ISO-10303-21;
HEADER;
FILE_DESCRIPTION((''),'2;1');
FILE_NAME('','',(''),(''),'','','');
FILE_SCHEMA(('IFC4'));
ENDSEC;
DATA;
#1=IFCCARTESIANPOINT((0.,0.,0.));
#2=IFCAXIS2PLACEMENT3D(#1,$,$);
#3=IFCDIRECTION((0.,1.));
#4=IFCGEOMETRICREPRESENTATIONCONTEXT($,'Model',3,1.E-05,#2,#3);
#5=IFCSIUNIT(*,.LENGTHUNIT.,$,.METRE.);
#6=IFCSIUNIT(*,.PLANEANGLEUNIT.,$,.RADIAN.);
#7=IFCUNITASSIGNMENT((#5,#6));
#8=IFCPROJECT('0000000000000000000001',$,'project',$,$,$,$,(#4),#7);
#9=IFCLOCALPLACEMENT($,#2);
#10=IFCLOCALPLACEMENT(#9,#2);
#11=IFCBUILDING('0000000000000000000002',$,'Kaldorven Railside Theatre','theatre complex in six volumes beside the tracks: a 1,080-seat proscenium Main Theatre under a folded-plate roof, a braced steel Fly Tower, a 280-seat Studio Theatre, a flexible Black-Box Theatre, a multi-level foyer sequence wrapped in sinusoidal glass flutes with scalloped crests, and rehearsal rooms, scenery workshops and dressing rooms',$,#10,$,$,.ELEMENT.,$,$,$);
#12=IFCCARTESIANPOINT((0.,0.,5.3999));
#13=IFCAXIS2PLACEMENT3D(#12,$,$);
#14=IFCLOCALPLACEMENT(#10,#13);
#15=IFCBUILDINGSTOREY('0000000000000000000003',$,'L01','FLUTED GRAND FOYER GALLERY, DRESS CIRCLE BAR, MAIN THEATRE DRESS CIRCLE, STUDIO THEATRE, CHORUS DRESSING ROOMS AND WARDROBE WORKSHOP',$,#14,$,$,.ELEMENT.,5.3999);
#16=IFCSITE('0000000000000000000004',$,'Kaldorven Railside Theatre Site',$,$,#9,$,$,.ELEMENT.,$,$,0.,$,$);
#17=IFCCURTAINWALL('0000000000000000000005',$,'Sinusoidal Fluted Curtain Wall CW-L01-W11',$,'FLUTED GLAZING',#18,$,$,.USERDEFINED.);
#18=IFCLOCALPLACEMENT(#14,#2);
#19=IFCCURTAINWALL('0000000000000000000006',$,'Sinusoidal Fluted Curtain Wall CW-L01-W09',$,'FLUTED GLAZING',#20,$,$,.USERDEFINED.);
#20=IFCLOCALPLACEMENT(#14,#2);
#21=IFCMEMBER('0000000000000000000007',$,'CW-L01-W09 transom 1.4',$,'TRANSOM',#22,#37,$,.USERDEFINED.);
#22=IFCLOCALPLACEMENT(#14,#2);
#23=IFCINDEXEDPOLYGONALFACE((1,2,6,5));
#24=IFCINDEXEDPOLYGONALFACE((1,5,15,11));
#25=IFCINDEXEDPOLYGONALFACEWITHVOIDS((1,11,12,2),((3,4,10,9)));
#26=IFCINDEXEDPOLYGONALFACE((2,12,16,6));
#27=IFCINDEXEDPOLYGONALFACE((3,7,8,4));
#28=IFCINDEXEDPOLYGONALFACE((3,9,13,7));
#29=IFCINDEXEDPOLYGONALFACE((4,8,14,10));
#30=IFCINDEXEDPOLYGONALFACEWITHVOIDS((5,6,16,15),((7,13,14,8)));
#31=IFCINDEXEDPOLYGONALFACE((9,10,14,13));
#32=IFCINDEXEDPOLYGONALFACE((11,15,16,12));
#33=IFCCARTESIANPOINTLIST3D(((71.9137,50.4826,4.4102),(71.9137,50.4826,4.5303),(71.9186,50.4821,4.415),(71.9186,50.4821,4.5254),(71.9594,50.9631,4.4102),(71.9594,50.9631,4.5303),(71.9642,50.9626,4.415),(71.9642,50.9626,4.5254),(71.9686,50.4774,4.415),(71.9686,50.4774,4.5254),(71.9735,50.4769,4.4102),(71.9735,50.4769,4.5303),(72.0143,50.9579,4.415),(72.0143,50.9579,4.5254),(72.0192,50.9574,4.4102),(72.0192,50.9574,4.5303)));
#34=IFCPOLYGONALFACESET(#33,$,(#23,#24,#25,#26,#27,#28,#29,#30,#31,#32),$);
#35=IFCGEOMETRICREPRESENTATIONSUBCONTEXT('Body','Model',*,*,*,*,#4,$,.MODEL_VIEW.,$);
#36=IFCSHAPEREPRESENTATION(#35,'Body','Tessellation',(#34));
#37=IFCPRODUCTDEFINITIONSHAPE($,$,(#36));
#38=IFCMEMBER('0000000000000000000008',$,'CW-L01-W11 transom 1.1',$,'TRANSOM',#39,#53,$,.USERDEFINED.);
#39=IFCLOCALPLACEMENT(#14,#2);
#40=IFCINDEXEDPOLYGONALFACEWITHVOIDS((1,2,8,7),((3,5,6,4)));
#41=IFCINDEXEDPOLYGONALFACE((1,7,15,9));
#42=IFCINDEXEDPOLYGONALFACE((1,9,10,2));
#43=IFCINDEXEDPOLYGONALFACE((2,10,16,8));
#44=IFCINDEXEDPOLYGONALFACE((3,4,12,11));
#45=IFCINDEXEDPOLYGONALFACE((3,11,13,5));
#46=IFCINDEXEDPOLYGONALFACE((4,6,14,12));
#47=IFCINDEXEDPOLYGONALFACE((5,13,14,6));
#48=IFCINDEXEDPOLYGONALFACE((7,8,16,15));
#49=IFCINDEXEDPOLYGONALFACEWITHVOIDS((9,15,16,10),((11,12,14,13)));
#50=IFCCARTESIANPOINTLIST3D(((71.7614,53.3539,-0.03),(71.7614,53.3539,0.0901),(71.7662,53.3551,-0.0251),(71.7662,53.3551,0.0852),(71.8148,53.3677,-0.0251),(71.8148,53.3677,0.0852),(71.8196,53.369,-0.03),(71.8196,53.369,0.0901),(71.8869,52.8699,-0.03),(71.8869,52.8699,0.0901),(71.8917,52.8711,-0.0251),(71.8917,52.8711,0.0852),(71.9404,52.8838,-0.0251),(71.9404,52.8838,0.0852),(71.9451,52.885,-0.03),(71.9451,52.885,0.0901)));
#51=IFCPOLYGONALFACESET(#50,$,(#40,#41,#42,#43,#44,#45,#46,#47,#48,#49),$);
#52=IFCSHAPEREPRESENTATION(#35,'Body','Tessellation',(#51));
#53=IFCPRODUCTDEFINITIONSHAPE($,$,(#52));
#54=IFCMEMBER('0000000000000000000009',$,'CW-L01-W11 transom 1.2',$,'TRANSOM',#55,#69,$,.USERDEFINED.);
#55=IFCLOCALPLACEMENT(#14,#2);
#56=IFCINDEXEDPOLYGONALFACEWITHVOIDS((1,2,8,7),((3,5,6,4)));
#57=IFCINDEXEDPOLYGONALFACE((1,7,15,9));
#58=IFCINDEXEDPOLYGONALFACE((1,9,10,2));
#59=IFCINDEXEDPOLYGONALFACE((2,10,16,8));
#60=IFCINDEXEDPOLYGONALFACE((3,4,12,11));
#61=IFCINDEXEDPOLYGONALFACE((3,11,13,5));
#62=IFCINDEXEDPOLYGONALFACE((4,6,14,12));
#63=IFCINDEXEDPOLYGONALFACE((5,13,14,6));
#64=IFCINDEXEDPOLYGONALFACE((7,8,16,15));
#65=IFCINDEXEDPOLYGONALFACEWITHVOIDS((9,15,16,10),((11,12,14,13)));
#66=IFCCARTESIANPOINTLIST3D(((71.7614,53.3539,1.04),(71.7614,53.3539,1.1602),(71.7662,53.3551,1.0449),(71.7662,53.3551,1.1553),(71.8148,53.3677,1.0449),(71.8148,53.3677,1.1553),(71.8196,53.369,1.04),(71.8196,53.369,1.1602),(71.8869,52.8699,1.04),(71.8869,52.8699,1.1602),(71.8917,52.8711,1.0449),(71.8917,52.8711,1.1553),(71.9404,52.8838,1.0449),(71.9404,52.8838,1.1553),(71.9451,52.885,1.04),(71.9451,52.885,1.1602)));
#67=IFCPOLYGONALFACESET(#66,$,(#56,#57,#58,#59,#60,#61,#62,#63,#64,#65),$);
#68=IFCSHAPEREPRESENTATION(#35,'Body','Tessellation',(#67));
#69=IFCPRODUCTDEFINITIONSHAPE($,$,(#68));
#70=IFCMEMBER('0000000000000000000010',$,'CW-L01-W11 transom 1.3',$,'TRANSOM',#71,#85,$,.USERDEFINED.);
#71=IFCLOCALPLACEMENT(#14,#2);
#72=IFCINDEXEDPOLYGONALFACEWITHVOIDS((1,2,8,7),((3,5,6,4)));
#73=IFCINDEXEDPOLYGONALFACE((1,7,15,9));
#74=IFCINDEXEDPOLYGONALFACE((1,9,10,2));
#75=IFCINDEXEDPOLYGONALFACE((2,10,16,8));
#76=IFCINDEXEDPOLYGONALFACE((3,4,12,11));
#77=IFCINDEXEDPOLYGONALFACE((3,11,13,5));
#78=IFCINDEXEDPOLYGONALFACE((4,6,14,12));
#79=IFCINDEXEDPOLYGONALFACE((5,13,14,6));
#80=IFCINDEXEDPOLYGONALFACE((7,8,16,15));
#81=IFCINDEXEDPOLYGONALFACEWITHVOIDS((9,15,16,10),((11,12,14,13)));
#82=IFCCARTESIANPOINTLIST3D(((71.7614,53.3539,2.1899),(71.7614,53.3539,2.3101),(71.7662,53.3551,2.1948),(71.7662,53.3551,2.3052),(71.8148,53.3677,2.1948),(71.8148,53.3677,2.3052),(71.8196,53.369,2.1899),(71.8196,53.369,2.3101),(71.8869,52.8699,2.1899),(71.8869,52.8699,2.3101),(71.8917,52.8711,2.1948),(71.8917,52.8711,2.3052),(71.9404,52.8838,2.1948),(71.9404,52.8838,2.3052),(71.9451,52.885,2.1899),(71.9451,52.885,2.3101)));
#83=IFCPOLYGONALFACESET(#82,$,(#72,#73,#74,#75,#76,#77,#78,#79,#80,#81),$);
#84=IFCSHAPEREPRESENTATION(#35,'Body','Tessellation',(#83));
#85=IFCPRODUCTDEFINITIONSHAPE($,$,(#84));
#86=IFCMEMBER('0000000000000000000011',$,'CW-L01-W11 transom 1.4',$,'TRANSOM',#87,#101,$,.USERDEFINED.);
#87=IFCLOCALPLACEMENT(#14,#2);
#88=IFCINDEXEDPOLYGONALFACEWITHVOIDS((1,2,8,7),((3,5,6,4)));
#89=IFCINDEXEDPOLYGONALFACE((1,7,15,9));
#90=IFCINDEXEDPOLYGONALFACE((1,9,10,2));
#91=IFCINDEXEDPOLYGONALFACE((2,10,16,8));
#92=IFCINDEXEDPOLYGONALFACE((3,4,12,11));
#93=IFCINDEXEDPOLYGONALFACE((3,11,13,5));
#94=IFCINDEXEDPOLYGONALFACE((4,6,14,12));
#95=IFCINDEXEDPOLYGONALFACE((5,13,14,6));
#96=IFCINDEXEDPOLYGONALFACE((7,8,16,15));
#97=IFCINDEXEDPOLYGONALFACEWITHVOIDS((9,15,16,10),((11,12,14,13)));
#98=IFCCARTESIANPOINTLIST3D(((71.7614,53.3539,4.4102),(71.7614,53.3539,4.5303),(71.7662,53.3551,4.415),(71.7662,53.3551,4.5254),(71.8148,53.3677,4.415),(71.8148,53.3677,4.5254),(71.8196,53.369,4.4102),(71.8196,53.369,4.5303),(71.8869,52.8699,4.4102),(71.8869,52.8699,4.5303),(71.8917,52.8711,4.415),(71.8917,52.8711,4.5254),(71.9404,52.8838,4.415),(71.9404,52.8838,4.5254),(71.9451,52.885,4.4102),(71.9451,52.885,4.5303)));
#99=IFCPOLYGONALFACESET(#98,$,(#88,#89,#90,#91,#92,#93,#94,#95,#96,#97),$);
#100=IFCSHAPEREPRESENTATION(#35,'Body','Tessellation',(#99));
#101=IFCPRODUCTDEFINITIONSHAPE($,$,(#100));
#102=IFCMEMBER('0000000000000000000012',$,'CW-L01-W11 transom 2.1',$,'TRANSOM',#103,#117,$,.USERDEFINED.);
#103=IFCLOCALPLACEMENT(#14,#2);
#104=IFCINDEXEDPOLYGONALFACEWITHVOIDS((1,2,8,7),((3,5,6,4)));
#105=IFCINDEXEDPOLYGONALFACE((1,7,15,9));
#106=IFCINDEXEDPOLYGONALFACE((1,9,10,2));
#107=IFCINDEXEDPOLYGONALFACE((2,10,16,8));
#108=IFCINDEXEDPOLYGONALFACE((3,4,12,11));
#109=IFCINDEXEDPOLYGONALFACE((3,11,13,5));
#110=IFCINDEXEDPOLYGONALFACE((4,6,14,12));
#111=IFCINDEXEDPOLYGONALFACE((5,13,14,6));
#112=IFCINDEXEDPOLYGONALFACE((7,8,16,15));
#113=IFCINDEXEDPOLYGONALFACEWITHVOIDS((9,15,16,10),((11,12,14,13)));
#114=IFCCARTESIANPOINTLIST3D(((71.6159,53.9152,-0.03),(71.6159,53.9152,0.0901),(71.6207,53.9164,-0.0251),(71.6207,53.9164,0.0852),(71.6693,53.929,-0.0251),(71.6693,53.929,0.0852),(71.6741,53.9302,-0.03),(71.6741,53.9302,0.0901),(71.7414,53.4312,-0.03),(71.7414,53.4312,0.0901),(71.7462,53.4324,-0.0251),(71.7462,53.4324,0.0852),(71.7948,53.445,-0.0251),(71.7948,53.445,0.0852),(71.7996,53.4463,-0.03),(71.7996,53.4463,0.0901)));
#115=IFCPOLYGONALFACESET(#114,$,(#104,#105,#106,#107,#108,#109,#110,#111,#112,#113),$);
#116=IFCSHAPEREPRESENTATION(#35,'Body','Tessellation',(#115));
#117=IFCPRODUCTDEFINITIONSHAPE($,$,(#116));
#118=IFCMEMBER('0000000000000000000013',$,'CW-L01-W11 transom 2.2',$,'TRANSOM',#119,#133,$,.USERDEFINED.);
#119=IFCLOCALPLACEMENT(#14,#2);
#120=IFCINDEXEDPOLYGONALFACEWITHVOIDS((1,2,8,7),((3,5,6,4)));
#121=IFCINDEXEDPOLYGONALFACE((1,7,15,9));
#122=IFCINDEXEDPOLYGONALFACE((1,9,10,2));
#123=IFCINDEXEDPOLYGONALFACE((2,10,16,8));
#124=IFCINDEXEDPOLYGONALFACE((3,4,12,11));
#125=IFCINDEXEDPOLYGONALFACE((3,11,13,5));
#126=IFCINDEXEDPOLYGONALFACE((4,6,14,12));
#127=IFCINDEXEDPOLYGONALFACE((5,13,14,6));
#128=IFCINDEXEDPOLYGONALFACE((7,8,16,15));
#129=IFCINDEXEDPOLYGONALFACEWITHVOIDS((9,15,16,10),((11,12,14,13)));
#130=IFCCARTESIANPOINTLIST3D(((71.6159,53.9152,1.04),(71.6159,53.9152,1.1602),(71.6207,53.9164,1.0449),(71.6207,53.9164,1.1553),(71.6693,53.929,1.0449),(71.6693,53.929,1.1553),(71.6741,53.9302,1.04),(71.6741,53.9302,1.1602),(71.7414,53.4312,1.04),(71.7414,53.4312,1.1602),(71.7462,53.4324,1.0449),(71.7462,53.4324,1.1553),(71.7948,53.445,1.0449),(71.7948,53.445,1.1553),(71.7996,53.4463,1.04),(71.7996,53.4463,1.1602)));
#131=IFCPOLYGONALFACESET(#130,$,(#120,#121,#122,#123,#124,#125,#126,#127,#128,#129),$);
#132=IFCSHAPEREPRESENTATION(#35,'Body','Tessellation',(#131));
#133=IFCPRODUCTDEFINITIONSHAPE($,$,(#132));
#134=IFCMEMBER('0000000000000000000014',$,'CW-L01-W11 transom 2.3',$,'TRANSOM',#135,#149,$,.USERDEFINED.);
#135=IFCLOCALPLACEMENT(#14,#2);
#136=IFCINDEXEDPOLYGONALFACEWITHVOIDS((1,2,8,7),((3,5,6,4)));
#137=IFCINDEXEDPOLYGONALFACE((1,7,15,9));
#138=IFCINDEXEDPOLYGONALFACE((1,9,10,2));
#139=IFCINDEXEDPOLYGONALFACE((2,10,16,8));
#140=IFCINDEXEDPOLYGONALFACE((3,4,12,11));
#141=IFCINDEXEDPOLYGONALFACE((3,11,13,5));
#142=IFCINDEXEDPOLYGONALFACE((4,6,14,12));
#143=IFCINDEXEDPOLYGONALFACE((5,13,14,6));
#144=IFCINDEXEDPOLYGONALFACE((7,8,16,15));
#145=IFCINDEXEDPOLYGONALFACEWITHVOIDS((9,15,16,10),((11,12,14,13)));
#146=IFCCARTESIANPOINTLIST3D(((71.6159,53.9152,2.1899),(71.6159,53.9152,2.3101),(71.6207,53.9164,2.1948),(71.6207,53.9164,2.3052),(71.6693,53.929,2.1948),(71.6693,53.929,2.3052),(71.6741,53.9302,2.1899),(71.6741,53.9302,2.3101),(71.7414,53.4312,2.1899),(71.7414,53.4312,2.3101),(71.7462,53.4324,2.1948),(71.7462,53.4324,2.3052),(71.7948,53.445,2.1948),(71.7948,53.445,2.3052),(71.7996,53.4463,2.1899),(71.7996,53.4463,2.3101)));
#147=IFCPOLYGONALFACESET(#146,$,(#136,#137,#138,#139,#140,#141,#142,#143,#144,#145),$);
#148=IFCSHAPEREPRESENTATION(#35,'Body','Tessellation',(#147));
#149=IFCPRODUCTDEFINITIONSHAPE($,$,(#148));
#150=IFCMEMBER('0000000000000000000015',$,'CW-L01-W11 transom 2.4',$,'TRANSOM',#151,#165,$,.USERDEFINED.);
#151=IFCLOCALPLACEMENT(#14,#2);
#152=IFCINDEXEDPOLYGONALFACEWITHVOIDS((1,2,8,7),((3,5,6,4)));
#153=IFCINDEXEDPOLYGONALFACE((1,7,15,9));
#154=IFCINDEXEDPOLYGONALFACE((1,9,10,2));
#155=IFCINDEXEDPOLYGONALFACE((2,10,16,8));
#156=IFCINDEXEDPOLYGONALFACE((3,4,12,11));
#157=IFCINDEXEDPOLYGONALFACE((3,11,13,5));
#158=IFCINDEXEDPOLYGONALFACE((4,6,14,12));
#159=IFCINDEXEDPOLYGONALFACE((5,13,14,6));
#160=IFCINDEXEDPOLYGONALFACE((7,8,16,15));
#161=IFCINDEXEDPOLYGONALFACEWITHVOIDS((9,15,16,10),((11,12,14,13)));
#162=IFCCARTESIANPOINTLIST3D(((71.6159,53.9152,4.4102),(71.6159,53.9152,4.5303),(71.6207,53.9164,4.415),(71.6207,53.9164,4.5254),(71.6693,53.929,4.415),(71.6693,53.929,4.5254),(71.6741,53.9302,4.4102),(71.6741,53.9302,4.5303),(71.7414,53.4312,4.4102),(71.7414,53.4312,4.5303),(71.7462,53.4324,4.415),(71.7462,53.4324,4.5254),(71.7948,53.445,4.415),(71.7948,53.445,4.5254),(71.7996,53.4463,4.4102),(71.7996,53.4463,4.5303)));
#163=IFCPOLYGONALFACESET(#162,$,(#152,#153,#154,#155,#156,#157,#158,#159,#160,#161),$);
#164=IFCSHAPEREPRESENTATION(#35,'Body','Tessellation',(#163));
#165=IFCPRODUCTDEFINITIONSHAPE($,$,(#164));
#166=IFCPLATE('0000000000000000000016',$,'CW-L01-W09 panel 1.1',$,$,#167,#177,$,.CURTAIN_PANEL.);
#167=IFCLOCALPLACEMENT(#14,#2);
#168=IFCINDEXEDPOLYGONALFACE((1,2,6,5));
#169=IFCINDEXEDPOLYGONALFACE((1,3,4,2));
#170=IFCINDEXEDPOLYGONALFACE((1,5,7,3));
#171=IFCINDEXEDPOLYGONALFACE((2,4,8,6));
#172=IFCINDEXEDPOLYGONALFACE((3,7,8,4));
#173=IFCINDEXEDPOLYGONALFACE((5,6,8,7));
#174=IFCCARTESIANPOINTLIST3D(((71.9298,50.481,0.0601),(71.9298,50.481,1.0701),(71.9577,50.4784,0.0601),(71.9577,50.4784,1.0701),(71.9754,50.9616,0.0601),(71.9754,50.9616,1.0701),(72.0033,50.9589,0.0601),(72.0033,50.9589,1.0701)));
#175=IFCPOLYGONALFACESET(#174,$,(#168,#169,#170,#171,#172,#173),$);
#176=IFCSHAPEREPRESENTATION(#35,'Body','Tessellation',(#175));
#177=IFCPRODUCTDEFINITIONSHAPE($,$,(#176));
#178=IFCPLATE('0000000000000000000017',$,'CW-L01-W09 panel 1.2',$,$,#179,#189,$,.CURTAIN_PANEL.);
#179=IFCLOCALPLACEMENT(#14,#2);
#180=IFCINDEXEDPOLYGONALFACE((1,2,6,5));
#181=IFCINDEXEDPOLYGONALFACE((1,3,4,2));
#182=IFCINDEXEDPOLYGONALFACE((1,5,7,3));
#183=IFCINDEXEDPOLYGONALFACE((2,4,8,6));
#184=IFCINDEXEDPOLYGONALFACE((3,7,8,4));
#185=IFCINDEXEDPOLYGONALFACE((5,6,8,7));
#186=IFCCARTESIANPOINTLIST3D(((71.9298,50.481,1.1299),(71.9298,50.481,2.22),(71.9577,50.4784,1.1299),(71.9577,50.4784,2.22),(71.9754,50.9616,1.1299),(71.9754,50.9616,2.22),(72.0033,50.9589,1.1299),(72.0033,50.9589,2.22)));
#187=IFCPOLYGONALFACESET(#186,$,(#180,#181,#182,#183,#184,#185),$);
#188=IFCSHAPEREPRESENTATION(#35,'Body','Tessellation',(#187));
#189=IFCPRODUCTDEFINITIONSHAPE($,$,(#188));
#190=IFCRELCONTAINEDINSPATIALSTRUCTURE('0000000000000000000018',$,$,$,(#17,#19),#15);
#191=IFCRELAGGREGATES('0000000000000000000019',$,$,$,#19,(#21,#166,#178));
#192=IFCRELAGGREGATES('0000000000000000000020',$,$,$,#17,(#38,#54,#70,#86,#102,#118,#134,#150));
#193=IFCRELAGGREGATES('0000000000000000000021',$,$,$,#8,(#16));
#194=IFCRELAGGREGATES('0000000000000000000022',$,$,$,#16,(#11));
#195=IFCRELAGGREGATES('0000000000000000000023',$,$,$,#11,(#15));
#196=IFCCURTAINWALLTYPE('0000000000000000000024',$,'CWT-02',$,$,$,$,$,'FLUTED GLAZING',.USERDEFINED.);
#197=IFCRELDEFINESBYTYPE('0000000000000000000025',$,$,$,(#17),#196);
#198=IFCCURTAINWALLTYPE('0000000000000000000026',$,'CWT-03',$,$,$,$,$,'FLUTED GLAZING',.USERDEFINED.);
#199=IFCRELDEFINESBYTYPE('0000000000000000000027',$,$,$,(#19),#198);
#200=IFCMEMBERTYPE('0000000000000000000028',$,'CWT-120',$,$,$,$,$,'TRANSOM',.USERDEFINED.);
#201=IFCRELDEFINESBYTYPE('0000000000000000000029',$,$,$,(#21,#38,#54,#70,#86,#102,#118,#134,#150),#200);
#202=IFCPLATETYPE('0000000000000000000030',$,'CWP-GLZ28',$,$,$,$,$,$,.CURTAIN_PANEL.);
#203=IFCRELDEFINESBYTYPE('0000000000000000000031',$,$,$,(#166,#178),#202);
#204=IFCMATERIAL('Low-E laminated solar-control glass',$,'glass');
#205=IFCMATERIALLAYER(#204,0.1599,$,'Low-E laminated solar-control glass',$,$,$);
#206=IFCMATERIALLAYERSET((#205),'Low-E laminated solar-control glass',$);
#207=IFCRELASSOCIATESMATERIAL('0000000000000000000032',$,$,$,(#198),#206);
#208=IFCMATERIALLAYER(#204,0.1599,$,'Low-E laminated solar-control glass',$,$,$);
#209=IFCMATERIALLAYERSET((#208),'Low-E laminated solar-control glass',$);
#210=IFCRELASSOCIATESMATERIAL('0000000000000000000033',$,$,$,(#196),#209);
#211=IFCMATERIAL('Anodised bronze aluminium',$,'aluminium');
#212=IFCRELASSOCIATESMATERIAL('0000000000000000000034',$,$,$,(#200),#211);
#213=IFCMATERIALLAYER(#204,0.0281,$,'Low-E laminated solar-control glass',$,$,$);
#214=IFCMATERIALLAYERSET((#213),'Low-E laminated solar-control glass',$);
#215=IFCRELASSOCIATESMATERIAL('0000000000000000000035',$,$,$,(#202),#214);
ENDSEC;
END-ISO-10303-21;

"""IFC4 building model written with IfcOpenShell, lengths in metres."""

from ifc_helpers import new_model, si_unit, direction, frame, origin, origin_2d, place, context, subcontext, project, spatial, rectangle, hollow_rectangle, extrude, material, layer, layer_set, material_profile, profile_set, type_object, element, aggregate, save


model = new_model("IFC4")

# Units and contexts
model_context = context("Model", 3, precision=1e-05, world=origin(), true_north=direction((0.0, 1.0)))
body_context = subcontext(model_context, "Body", "Model", "MODEL_VIEW")
ifc_project = project(units=[si_unit("LENGTHUNIT", "METRE"), si_unit("PLANEANGLEUNIT", "RADIAN")], contexts=[model_context])

# Site, building, storey
site_placement = place(None, origin())
site = spatial("IfcSite", under=ifc_project, at=site_placement, Name="Kaldorven Railside Theatre Site", CompositionType="ELEMENT", RefElevation=0.0)
building_placement = place(site_placement, origin())
building = spatial("IfcBuilding", under=site, at=building_placement, Name="Kaldorven Railside Theatre", Description="theatre complex in six volumes beside the tracks: a 1,080-seat proscenium Main Theatre under a folded-plate roof, a braced steel Fly Tower, a 280-seat Studio Theatre, a flexible Black-Box Theatre, a multi-level foyer sequence wrapped in sinusoidal glass flutes with scalloped crests, and rehearsal rooms, scenery workshops and dressing rooms", CompositionType="ELEMENT")
storey_placement = place(building_placement, frame((0.0, 0.0, 5.3999)))
storey = spatial("IfcBuildingStorey", under=building, at=storey_placement, Name="L01", Description="FLUTED GRAND FOYER GALLERY, DRESS CIRCLE BAR, MAIN THEATRE DRESS CIRCLE, STUDIO THEATRE, CHORUS DRESSING ROOMS AND WARDROBE WORKSHOP", CompositionType="ELEMENT", Elevation=5.3999)

# Shared definitions
ifc_material_1 = material(Name="Low-E laminated solar-control glass", Category="glass")
ifc_layer_1 = layer(ifc_material_1, 0.1599, Name="Low-E laminated solar-control glass")
ifc_layer_set_1 = layer_set([ifc_layer_1], Name="Low-E laminated solar-control glass")
curtain_wall_type_1 = type_object("IfcCurtainWallType", Name="CWT-03", ElementType="FLUTED GLAZING", PredefinedType="USERDEFINED", material=ifc_layer_set_1)
ifc_material_2 = material(Name="Anodised bronze aluminium", Category="aluminium")

# Curtain walls, member
ifc_layer_2 = layer(ifc_material_1, 0.1599, Name="Low-E laminated solar-control glass")
ifc_layer_set_2 = layer_set([ifc_layer_2], Name="Low-E laminated solar-control glass")
curtain_wall_type_2 = type_object("IfcCurtainWallType", Name="CWT-02", ElementType="FLUTED GLAZING", PredefinedType="USERDEFINED", material=ifc_layer_set_2)
curtain_wall_1_placement = place(storey_placement, origin())
curtain_wall_1 = element("IfcCurtainWall", 1, at=curtain_wall_1_placement, inside=storey, type_object=curtain_wall_type_2, Name="Sinusoidal Fluted Curtain Wall CW-L01-W11", ObjectType="FLUTED GLAZING", PredefinedType="USERDEFINED")
curtain_wall_2_placement = place(storey_placement, origin())
curtain_wall_2 = element("IfcCurtainWall", 2, at=curtain_wall_2_placement, inside=storey, type_object=curtain_wall_type_1, Name="Sinusoidal Fluted Curtain Wall CW-L01-W09", ObjectType="FLUTED GLAZING", PredefinedType="USERDEFINED")
ifc_material_profile_1 = material_profile(ifc_material_2, hollow_rectangle(XDim=0.0601, YDim=0.1201, WallThickness=0.0049, at=origin_2d()), Name="RHS 120x60x5")
ifc_profile_set_1 = profile_set([ifc_material_profile_1], Name="Anodised bronze aluminium")
member_type_1 = type_object("IfcMemberType", Name="CWT-120", ElementType="TRANSOM", PredefinedType="USERDEFINED", material=ifc_profile_set_1)
member_1_placement = place(storey_placement, frame((71.9436, 50.4797, 4.4702), z_axis=(0.094594, 0.995516, 0.0), x_axis=(-0.995516, 0.094594, 0.0)))
member_1 = element("IfcMember", 3, at=member_1_placement, type_object=member_type_1, Name="CW-L01-W09 transom 1.4", ObjectType="TRANSOM", PredefinedType="USERDEFINED", context=body_context, shape_type="SweptSolid", body=[
    extrude(hollow_rectangle(XDim=0.0601, YDim=0.1201, WallThickness=0.0049, at=origin_2d()), origin(), (0.0, 0.0, 1.0), 0.4827),
])

# Members
member_2_placement = place(storey_placement, frame((71.916, 52.8774, 0.03), z_axis=(-0.25103, 0.967979, 0.0), x_axis=(-0.967979, -0.25103, 0.0)))
member_2 = element("IfcMember", 4, at=member_2_placement, type_object=member_type_1, Name="CW-L01-W11 transom 1.1", ObjectType="TRANSOM", PredefinedType="USERDEFINED", context=body_context, shape_type="SweptSolid", body=[
    extrude(hollow_rectangle(XDim=0.0601, YDim=0.1201, WallThickness=0.0049, at=origin_2d()), origin(), (0.0, 0.0, 1.0), 0.5),
])
member_3_placement = place(storey_placement, frame((71.916, 52.8774, 1.1001), z_axis=(-0.25103, 0.967979, 0.0), x_axis=(-0.967979, -0.25103, 0.0)))
member_3 = element("IfcMember", 5, at=member_3_placement, type_object=member_type_1, Name="CW-L01-W11 transom 1.2", ObjectType="TRANSOM", PredefinedType="USERDEFINED", context=body_context, shape_type="SweptSolid", body=[
    extrude(hollow_rectangle(XDim=0.0601, YDim=0.1201, WallThickness=0.0049, at=origin_2d()), origin(), (0.0, 0.0, 1.0), 0.5),
])
member_4_placement = place(storey_placement, frame((71.916, 52.8774, 2.25), z_axis=(-0.25103, 0.967979, 0.0), x_axis=(-0.967979, -0.25103, 0.0)))
member_4 = element("IfcMember", 6, at=member_4_placement, type_object=member_type_1, Name="CW-L01-W11 transom 1.3", ObjectType="TRANSOM", PredefinedType="USERDEFINED", context=body_context, shape_type="SweptSolid", body=[
    extrude(hollow_rectangle(XDim=0.0601, YDim=0.1201, WallThickness=0.0049, at=origin_2d()), origin(), (0.0, 0.0, 1.0), 0.5),
])
member_5_placement = place(storey_placement, frame((71.916, 52.8774, 4.4702), z_axis=(-0.25103, 0.967979, 0.0), x_axis=(-0.967979, -0.25103, 0.0)))
member_5 = element("IfcMember", 7, at=member_5_placement, type_object=member_type_1, Name="CW-L01-W11 transom 1.4", ObjectType="TRANSOM", PredefinedType="USERDEFINED", context=body_context, shape_type="SweptSolid", body=[
    extrude(hollow_rectangle(XDim=0.0601, YDim=0.1201, WallThickness=0.0049, at=origin_2d()), origin(), (0.0, 0.0, 1.0), 0.5),
])
member_6_placement = place(storey_placement, frame((71.7705, 53.4387, 0.03), z_axis=(-0.25103, 0.967979, 0.0), x_axis=(-0.967979, -0.25103, 0.0)))
member_6 = element("IfcMember", 8, at=member_6_placement, type_object=member_type_1, Name="CW-L01-W11 transom 2.1", ObjectType="TRANSOM", PredefinedType="USERDEFINED", context=body_context, shape_type="SweptSolid", body=[
    extrude(hollow_rectangle(XDim=0.0601, YDim=0.1201, WallThickness=0.0049, at=origin_2d()), origin(), (0.0, 0.0, 1.0), 0.5),
])
member_7_placement = place(storey_placement, frame((71.7705, 53.4387, 1.1001), z_axis=(-0.25103, 0.967979, 0.0), x_axis=(-0.967979, -0.25103, 0.0)))
member_7 = element("IfcMember", 9, at=member_7_placement, type_object=member_type_1, Name="CW-L01-W11 transom 2.2", ObjectType="TRANSOM", PredefinedType="USERDEFINED", context=body_context, shape_type="SweptSolid", body=[
    extrude(hollow_rectangle(XDim=0.0601, YDim=0.1201, WallThickness=0.0049, at=origin_2d()), origin(), (0.0, 0.0, 1.0), 0.5),
])
member_8_placement = place(storey_placement, frame((71.7705, 53.4387, 2.25), z_axis=(-0.25103, 0.967979, 0.0), x_axis=(-0.967979, -0.25103, 0.0)))
member_8 = element("IfcMember", 10, at=member_8_placement, type_object=member_type_1, Name="CW-L01-W11 transom 2.3", ObjectType="TRANSOM", PredefinedType="USERDEFINED", context=body_context, shape_type="SweptSolid", body=[
    extrude(hollow_rectangle(XDim=0.0601, YDim=0.1201, WallThickness=0.0049, at=origin_2d()), origin(), (0.0, 0.0, 1.0), 0.5),
])
member_9_placement = place(storey_placement, frame((71.7705, 53.4387, 4.4702), z_axis=(-0.25103, 0.967979, 0.0), x_axis=(-0.967979, -0.25103, 0.0)))
member_9 = element("IfcMember", 11, at=member_9_placement, type_object=member_type_1, Name="CW-L01-W11 transom 2.4", ObjectType="TRANSOM", PredefinedType="USERDEFINED", context=body_context, shape_type="SweptSolid", body=[
    extrude(hollow_rectangle(XDim=0.0601, YDim=0.1201, WallThickness=0.0049, at=origin_2d()), origin(), (0.0, 0.0, 1.0), 0.5),
])

# Plates
ifc_layer_3 = layer(ifc_material_1, 0.0281, Name="Low-E laminated solar-control glass")
ifc_layer_set_3 = layer_set([ifc_layer_3], Name="Low-E laminated solar-control glass")
plate_type = type_object("IfcPlateType", Name="CWP-GLZ28", PredefinedType="CURTAIN_PANEL", material=ifc_layer_set_3)
plate_1_placement = place(storey_placement, frame((71.9666, 50.72, 0.0601), z_axis=(0.0, 0.0, 1.0), x_axis=(0.094492, 0.995526, 0.0)))
plate_1 = element("IfcPlate", 12, at=plate_1_placement, type_object=plate_type, Name="CW-L01-W09 panel 1.1", PredefinedType="CURTAIN_PANEL", context=body_context, shape_type="SweptSolid", body=[
    extrude(rectangle(XDim=0.4827, YDim=0.0281, at=origin_2d()), origin(), (0.0, 0.0, 1.0), 1.01),
])
plate_2_placement = place(storey_placement, frame((71.9666, 50.72, 1.1299), z_axis=(0.0, 0.0, 1.0), x_axis=(0.094492, 0.995526, 0.0)))
plate_2 = element("IfcPlate", 13, at=plate_2_placement, type_object=plate_type, Name="CW-L01-W09 panel 1.2", PredefinedType="CURTAIN_PANEL", context=body_context, shape_type="SweptSolid", body=[
    extrude(rectangle(XDim=0.4827, YDim=0.0281, at=origin_2d()), origin(), (0.0, 0.0, 1.0), 1.0901),
])
aggregate(curtain_wall_2, [member_1, plate_1, plate_2])
aggregate(curtain_wall_1, [member_2, member_3, member_4, member_5, member_6, member_7, member_8, member_9])

save(model, "model.ifc")
